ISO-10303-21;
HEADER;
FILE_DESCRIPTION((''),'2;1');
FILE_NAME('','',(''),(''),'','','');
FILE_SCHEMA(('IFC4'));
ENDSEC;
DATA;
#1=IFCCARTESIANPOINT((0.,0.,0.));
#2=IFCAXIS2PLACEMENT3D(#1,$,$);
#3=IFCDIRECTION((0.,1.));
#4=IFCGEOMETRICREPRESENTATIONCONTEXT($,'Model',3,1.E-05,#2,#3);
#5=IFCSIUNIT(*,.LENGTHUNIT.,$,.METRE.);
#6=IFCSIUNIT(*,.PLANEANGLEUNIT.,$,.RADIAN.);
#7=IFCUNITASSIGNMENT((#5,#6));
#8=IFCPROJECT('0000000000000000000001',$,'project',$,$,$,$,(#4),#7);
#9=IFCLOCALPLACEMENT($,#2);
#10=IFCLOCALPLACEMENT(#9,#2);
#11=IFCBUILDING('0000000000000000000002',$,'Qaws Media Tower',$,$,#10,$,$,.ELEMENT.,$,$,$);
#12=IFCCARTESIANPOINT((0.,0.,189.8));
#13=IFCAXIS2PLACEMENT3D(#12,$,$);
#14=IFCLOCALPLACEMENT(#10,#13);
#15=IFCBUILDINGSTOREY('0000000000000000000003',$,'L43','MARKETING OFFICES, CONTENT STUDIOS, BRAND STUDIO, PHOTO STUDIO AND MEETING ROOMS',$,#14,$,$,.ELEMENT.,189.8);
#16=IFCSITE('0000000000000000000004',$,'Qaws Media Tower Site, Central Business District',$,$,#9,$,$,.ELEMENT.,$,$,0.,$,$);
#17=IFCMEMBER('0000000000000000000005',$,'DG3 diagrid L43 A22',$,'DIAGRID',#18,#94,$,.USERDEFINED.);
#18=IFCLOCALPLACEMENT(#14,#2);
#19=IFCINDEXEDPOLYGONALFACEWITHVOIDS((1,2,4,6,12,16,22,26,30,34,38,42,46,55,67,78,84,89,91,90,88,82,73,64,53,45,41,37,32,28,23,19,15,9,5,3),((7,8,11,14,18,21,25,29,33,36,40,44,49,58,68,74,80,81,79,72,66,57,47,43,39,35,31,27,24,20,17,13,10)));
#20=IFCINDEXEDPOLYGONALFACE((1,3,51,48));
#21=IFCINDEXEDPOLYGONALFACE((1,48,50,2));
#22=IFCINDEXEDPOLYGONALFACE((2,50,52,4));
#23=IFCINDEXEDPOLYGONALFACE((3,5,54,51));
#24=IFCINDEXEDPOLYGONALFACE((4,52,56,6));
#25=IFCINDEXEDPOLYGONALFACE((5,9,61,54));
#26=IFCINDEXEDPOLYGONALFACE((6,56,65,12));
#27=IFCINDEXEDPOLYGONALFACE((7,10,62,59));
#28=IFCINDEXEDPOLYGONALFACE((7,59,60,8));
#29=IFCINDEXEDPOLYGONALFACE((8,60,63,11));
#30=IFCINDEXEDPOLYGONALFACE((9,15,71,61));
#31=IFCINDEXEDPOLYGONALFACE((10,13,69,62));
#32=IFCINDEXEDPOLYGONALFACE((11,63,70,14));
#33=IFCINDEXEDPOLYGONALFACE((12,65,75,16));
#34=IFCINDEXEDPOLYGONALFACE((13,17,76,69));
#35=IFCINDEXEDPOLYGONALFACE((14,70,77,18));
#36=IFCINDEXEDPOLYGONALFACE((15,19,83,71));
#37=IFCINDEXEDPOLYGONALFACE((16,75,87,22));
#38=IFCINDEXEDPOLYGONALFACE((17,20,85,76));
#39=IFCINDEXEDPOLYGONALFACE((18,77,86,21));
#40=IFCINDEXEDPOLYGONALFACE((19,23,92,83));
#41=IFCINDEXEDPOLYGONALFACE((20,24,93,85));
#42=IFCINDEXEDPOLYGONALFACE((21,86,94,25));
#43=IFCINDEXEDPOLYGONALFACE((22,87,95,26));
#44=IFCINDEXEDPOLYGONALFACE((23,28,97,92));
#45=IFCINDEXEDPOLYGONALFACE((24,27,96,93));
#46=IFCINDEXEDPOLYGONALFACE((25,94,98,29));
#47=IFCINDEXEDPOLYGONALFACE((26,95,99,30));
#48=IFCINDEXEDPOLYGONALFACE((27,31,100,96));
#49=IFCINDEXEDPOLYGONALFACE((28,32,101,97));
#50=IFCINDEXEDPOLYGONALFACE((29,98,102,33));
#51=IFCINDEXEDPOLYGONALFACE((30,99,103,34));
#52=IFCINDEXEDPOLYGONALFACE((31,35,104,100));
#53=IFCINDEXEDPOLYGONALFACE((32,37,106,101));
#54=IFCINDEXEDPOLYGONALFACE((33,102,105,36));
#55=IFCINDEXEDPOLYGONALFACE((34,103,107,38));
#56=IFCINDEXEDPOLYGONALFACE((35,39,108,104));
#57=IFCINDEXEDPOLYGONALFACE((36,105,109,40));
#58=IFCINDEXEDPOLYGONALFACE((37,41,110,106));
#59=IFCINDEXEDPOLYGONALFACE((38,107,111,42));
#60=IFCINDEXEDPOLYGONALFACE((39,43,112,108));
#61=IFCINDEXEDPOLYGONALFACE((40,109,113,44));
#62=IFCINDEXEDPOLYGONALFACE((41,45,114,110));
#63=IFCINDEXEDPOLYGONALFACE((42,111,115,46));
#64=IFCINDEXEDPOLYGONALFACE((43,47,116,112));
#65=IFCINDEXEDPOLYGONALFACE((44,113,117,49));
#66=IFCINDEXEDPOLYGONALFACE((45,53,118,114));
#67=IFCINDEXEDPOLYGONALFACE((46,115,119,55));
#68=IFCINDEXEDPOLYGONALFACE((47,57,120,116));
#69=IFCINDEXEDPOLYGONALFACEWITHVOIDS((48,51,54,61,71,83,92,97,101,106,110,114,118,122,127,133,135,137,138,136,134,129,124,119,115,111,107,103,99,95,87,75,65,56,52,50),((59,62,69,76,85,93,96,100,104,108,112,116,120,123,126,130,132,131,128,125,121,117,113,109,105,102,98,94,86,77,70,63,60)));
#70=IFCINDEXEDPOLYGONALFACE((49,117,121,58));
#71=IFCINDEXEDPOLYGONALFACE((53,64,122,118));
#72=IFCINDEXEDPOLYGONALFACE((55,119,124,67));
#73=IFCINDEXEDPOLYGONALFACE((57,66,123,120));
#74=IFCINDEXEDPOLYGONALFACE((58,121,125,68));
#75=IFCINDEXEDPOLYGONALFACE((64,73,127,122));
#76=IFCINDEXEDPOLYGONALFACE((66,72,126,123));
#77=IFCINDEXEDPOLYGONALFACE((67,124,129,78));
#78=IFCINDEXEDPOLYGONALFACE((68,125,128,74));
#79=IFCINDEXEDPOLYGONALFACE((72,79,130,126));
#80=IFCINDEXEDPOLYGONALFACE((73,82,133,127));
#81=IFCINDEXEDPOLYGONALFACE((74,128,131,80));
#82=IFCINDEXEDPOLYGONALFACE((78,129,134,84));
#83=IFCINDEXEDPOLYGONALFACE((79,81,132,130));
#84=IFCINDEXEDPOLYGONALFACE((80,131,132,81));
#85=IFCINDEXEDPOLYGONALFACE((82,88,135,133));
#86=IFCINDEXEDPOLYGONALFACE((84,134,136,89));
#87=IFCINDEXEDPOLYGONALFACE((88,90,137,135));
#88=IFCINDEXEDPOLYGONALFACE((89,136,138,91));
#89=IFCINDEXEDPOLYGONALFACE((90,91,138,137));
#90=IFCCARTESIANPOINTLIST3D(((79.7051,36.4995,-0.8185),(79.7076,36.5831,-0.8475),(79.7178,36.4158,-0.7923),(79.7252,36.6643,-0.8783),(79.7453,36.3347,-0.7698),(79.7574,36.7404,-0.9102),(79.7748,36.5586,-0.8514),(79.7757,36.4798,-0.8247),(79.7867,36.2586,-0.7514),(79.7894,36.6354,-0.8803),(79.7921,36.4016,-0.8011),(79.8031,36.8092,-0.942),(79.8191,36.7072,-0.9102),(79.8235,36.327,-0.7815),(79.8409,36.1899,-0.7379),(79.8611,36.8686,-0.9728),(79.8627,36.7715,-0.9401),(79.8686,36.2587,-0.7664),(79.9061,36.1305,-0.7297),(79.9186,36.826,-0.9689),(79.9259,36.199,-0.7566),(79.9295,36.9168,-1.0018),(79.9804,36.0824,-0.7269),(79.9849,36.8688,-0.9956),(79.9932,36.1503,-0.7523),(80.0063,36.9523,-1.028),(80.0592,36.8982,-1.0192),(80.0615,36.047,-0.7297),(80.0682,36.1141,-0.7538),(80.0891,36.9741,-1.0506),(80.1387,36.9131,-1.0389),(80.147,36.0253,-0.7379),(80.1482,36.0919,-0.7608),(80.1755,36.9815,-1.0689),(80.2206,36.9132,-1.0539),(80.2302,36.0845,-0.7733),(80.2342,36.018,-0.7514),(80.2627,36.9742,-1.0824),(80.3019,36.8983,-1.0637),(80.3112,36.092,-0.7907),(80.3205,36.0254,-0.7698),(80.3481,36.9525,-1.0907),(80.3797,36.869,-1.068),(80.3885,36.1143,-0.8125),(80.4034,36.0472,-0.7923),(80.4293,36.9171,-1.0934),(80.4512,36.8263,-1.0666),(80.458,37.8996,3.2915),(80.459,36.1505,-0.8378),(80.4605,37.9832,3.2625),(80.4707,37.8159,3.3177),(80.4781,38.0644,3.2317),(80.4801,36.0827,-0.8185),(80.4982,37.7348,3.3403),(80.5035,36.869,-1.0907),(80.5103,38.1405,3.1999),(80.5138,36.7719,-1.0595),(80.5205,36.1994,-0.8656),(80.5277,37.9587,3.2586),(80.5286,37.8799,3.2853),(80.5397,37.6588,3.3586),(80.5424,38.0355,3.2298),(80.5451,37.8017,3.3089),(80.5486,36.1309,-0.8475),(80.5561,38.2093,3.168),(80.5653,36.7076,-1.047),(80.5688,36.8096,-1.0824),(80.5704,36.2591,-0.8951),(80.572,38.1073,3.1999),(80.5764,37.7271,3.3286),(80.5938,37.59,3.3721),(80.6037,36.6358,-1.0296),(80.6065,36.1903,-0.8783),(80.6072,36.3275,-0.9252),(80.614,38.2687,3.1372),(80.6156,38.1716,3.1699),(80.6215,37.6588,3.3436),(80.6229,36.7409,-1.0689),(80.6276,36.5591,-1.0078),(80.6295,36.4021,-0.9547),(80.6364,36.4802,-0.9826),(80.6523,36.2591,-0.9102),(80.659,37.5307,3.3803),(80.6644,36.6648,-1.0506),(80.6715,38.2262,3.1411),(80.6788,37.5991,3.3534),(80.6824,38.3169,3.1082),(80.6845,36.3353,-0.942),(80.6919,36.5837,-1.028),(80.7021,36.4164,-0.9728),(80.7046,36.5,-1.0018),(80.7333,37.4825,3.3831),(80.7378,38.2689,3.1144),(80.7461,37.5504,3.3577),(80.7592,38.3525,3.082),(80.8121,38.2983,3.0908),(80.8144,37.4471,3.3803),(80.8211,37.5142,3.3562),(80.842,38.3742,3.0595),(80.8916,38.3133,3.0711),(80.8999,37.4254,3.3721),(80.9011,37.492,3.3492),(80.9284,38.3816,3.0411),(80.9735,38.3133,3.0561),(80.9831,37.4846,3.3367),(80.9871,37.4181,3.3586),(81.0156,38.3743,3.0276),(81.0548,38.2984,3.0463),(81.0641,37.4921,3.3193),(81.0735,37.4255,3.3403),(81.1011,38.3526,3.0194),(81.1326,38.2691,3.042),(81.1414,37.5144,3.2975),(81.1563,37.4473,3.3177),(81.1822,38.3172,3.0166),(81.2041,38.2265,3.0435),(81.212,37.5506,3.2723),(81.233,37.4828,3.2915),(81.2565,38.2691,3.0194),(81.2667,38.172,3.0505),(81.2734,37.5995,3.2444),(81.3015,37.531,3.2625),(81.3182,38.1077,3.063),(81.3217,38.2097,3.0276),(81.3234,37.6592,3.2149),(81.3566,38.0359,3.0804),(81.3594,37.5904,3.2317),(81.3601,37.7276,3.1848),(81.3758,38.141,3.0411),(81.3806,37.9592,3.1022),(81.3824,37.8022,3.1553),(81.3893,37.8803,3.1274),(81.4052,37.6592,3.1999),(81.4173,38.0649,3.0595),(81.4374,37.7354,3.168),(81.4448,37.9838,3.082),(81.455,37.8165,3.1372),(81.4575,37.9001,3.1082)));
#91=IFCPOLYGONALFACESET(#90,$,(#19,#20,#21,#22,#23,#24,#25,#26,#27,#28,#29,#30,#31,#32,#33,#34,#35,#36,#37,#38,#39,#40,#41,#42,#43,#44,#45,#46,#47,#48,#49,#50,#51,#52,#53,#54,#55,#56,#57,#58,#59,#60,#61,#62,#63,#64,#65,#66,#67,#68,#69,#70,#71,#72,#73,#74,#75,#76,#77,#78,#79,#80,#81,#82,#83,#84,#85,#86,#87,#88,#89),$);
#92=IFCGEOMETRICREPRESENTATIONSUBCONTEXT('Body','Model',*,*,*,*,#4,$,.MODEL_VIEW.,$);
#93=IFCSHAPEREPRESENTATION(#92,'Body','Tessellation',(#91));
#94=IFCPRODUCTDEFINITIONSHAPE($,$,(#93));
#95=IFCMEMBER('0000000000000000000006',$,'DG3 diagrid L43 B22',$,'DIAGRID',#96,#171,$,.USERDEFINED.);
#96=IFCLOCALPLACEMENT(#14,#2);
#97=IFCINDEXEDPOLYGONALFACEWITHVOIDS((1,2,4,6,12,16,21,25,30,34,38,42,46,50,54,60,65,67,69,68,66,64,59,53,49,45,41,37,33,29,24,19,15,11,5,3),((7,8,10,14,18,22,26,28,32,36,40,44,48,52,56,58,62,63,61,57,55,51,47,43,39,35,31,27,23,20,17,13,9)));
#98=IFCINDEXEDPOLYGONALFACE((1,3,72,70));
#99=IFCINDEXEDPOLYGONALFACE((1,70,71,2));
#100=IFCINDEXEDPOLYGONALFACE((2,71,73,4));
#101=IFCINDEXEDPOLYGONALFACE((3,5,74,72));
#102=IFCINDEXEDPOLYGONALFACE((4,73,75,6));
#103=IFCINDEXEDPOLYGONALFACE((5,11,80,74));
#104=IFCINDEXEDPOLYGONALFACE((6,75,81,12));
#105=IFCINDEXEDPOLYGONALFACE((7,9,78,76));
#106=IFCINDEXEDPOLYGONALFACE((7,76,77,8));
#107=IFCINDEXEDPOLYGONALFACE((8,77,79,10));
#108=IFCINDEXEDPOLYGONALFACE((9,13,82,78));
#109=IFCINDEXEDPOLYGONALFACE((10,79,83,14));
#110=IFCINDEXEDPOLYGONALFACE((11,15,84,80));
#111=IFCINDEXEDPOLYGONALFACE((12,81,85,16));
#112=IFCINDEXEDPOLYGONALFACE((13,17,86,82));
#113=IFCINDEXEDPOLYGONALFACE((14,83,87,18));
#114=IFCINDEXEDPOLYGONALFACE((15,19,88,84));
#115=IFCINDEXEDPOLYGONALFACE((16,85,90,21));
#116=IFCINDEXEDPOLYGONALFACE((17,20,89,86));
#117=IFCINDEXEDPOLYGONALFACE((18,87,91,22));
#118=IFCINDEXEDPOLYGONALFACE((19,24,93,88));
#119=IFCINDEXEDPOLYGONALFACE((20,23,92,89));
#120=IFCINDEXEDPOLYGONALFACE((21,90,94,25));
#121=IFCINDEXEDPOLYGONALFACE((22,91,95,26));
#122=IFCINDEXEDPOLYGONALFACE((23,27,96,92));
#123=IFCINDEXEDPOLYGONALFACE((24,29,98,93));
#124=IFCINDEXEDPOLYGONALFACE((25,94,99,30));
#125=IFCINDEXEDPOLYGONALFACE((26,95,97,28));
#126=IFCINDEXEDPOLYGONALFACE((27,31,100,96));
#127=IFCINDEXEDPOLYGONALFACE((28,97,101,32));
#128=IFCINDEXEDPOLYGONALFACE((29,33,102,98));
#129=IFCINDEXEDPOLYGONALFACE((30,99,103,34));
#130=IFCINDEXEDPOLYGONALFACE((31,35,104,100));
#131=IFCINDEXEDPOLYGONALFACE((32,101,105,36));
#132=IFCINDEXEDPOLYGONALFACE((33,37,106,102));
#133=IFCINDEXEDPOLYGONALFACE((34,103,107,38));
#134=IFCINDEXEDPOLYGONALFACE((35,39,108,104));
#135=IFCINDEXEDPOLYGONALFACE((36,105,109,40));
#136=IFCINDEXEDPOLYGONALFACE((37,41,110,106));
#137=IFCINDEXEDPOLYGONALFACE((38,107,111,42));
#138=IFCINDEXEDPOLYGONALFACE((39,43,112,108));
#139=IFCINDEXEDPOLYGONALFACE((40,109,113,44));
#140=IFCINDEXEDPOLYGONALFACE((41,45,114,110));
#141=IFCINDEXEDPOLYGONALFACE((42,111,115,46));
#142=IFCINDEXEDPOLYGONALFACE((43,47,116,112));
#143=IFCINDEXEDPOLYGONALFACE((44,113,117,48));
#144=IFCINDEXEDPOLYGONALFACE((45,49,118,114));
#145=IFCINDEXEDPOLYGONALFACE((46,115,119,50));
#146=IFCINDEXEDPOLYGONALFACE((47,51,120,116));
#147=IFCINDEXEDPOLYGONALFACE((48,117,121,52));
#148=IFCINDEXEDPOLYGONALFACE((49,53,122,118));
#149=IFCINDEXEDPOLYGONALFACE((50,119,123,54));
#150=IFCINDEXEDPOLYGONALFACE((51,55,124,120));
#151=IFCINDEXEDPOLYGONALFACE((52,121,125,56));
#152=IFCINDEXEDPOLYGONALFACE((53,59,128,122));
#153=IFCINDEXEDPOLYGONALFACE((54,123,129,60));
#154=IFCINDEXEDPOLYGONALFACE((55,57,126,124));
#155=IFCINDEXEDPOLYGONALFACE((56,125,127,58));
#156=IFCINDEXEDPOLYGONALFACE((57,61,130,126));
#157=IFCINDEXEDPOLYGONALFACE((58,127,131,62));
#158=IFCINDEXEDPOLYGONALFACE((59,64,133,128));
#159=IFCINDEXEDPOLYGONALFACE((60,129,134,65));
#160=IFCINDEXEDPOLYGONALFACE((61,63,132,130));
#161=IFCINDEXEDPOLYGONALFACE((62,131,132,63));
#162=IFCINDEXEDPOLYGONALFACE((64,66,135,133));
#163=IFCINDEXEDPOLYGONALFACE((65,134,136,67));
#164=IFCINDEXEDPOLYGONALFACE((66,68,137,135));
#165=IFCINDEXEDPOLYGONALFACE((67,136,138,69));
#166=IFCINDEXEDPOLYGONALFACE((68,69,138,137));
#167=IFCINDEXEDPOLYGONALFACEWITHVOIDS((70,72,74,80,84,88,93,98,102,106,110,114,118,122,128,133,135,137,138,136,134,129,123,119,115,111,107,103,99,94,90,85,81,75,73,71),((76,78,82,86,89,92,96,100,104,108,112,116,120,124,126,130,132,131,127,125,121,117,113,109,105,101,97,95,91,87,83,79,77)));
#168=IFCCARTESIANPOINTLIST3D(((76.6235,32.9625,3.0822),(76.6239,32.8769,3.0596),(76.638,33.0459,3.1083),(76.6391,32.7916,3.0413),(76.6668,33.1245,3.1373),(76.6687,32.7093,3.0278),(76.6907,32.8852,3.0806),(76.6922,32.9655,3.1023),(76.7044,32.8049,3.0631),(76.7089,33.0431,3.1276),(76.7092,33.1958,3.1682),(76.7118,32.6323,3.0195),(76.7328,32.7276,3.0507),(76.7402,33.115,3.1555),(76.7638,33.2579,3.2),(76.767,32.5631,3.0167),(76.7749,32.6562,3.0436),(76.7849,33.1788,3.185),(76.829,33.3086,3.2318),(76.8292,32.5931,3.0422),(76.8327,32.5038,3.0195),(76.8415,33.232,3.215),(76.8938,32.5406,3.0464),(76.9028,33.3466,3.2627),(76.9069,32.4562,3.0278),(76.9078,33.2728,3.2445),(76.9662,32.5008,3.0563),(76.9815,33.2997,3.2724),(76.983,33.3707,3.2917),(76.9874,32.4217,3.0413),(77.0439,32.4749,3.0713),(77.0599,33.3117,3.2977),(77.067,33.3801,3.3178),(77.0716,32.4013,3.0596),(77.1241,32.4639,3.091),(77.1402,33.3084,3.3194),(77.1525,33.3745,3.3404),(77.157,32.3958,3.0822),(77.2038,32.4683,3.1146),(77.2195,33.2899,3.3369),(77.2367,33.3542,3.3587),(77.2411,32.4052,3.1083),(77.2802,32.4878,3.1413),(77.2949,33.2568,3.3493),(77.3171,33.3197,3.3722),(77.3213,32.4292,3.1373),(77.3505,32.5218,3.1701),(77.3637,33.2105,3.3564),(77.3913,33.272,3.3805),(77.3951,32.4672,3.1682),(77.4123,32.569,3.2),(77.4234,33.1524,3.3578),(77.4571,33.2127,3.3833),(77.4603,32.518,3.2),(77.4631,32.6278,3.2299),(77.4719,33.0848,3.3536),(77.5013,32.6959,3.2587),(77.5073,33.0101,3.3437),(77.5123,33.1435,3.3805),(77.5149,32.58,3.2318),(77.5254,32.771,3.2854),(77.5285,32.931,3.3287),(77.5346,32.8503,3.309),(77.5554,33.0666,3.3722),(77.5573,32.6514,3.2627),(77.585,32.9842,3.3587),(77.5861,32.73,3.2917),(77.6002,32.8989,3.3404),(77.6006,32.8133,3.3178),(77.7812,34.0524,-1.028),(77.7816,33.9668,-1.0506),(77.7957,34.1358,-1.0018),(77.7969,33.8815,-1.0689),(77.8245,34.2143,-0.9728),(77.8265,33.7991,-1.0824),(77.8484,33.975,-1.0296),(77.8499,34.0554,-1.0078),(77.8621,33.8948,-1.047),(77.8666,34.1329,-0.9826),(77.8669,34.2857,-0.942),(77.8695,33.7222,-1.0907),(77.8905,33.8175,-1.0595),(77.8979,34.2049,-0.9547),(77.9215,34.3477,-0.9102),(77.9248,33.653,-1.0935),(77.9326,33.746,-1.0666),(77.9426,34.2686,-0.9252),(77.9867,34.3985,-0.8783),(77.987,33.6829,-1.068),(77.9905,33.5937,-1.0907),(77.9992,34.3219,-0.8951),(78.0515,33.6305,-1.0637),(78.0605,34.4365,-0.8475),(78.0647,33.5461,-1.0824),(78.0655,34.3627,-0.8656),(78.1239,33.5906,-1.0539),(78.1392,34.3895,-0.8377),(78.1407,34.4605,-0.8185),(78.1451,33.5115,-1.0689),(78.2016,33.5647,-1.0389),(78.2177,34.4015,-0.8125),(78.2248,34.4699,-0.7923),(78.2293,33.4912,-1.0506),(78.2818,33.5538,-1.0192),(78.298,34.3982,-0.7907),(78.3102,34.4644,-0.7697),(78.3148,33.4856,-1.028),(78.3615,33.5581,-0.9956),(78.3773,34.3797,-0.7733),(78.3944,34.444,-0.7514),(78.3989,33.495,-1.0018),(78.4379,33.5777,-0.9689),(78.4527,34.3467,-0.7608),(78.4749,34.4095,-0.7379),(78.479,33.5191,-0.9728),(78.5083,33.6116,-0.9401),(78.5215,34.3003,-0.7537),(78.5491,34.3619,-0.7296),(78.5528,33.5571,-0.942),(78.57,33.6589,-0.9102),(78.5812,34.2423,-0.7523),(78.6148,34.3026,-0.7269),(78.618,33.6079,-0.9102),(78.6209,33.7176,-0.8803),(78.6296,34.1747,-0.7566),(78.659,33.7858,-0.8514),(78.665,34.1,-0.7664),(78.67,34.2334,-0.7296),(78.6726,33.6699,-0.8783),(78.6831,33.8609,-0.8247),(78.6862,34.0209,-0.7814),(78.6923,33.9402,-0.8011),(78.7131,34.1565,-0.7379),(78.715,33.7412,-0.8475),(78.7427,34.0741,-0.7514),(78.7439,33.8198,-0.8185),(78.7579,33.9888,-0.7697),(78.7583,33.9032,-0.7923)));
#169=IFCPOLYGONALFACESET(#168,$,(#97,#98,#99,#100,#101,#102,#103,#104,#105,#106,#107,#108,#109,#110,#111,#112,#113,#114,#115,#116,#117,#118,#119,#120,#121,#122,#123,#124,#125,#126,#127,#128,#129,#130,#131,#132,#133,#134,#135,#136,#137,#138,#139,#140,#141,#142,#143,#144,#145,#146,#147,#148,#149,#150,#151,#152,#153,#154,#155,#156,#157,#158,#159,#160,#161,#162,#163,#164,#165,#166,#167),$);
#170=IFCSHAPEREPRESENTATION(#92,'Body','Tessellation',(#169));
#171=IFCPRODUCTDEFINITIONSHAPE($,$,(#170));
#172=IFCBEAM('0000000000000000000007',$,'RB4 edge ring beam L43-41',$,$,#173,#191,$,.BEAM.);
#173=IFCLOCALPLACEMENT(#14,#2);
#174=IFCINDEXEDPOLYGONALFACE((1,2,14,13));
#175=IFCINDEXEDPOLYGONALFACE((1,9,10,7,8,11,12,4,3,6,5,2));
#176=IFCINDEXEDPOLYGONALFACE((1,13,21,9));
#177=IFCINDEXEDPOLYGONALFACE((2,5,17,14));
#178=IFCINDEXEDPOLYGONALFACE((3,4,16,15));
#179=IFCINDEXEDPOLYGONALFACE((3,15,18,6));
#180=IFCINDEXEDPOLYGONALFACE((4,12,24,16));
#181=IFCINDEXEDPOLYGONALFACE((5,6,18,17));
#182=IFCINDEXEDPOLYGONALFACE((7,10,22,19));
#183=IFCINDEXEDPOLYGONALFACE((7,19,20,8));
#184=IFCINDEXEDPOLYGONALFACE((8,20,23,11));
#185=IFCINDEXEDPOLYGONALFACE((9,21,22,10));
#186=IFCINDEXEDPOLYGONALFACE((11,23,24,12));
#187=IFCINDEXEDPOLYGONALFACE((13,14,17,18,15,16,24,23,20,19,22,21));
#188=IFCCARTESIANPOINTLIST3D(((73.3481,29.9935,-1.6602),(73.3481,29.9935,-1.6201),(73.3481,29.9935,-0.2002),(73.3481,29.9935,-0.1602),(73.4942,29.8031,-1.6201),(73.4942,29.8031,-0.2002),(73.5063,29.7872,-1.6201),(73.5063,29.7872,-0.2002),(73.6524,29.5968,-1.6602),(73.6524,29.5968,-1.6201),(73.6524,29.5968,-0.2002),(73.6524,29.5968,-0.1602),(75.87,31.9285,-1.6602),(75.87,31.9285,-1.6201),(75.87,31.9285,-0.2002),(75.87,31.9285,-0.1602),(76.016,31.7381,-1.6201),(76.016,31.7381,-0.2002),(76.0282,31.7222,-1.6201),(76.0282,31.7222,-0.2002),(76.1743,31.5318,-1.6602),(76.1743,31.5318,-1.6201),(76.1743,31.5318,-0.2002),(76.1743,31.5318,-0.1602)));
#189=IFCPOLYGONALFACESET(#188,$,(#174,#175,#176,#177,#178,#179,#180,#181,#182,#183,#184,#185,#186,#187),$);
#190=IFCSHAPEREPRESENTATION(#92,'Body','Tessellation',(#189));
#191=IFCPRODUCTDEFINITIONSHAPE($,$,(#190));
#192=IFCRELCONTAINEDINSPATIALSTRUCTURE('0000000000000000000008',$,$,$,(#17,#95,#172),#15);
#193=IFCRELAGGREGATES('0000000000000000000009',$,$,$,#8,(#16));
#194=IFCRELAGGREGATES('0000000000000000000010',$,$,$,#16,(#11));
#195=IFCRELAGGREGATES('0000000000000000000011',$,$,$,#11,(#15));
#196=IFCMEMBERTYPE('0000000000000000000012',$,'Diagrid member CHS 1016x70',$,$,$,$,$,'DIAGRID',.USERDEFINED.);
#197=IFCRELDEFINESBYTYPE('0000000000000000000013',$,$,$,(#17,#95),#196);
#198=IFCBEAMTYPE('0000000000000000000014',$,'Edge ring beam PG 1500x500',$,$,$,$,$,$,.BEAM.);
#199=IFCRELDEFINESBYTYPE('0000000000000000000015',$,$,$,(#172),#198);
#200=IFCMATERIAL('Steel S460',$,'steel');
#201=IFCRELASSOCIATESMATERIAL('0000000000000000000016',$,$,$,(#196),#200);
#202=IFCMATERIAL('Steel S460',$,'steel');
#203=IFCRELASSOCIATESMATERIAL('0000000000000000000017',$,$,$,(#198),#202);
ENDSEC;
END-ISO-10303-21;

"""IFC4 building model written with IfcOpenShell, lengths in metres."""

from ifc_helpers import new_model, si_unit, direction, frame, origin, origin_2d, place, context, subcontext, project, spatial, hollow_circle, i_section, extrude, material, material_profile, profile_set, type_object, element, save


model = new_model("IFC4")

# Units and contexts
model_context = context("Model", 3, precision=1e-05, world=origin(), true_north=direction((0.0, 1.0)))
body_context = subcontext(model_context, "Body", "Model", "MODEL_VIEW")
ifc_project = project(units=[si_unit("LENGTHUNIT", "METRE"), si_unit("PLANEANGLEUNIT", "RADIAN")], contexts=[model_context])

# Site, building, storey
site_placement = place(None, origin())
site = spatial("IfcSite", under=ifc_project, at=site_placement, Name="Qaws Media Tower Site, Central Business District", CompositionType="ELEMENT", RefElevation=0.0)
building_placement = place(site_placement, origin())
building = spatial("IfcBuilding", under=site, at=building_placement, Name="Qaws Media Tower", CompositionType="ELEMENT")
storey_placement = place(building_placement, frame((0.0, 0.0, 189.8)))
storey = spatial("IfcBuildingStorey", under=building, at=storey_placement, Name="L43", Description="MARKETING OFFICES, CONTENT STUDIOS, BRAND STUDIO, PHOTO STUDIO AND MEETING ROOMS", CompositionType="ELEMENT", Elevation=189.8)

# Members
ifc_material_1 = material(Name="Steel S460", Category="steel")
ifc_material_profile_1 = material_profile(ifc_material_1, hollow_circle(Radius=0.5081, WallThickness=0.0701, at=origin_2d()), Name="CHS 1016x70")
ifc_profile_set_1 = profile_set([ifc_material_profile_1], Name="Steel S460")
member_type_1 = type_object("IfcMemberType", Name="Diagrid member CHS 1016x70", ElementType="DIAGRID", PredefinedType="USERDEFINED", material=ifc_profile_set_1)
for number, where, z_axis, x_axis, name in (
    (1, (80.2048, 36.4998, -0.9102), (0.170855, 0.317721, 0.932664), (-0.880732, 0.473614, 0.0), "DG3 diagrid L43 A22"),
):
    element("IfcMember", number, at=place(storey_placement, frame(where, z_axis=z_axis, x_axis=x_axis)), inside=storey, type_object=member_type_1, Name=name, ObjectType="DIAGRID", PredefinedType="USERDEFINED", context=body_context, shape_type="SweptSolid", body=[
        extrude(hollow_circle(Radius=0.5081, WallThickness=0.0701, at=origin_2d()), origin(), (0.0, 0.0, 1.0), 4.4067),
    ])
member_1_placement = place(storey_placement, frame((78.2698, 33.9778, -0.9102), z_axis=(-0.262703, -0.247302, 0.932646), x_axis=(0.685441, -0.728128, 0.0)))
element("IfcMember", 2, at=member_1_placement, inside=storey, type_object=member_type_1, Name="DG3 diagrid L43 B22", ObjectType="DIAGRID", PredefinedType="USERDEFINED", context=body_context, shape_type="SweptSolid", body=[
    extrude(hollow_circle(Radius=0.5081, WallThickness=0.0701, at=origin_2d()), origin(), (0.0, 0.0, 1.0), 4.407),
])

# Beam
ifc_material_2 = material(Name="Steel S460", Category="steel")
ifc_material_profile_2 = material_profile(ifc_material_2, i_section(OverallWidth=0.5, OverallDepth=1.5, WebThickness=0.02, FlangeThickness=0.04, at=origin_2d()), Name="PG 1500x500")
ifc_profile_set_2 = profile_set([ifc_material_profile_2], Name="Steel S460")
beam_type = type_object("IfcBeamType", Name="Edge ring beam PG 1500x500", PredefinedType="BEAM", material=ifc_profile_set_2)
beam_1_placement = place(storey_placement, frame((73.5002, 29.7952, -0.9102), z_axis=(0.793371, 0.608738, 0.0), x_axis=(-0.608738, 0.793371, 0.0)))
element("IfcBeam", 3, at=beam_1_placement, inside=storey, type_object=beam_type, Name="RB4 edge ring beam L43-41", PredefinedType="BEAM", context=body_context, shape_type="SweptSolid", body=[
    extrude(i_section(OverallWidth=0.5, OverallDepth=1.5, WebThickness=0.02, FlangeThickness=0.04, at=origin_2d()), origin(), (0.0, 0.0, 1.0), 3.1787),
])

save(model, "model.ifc")
